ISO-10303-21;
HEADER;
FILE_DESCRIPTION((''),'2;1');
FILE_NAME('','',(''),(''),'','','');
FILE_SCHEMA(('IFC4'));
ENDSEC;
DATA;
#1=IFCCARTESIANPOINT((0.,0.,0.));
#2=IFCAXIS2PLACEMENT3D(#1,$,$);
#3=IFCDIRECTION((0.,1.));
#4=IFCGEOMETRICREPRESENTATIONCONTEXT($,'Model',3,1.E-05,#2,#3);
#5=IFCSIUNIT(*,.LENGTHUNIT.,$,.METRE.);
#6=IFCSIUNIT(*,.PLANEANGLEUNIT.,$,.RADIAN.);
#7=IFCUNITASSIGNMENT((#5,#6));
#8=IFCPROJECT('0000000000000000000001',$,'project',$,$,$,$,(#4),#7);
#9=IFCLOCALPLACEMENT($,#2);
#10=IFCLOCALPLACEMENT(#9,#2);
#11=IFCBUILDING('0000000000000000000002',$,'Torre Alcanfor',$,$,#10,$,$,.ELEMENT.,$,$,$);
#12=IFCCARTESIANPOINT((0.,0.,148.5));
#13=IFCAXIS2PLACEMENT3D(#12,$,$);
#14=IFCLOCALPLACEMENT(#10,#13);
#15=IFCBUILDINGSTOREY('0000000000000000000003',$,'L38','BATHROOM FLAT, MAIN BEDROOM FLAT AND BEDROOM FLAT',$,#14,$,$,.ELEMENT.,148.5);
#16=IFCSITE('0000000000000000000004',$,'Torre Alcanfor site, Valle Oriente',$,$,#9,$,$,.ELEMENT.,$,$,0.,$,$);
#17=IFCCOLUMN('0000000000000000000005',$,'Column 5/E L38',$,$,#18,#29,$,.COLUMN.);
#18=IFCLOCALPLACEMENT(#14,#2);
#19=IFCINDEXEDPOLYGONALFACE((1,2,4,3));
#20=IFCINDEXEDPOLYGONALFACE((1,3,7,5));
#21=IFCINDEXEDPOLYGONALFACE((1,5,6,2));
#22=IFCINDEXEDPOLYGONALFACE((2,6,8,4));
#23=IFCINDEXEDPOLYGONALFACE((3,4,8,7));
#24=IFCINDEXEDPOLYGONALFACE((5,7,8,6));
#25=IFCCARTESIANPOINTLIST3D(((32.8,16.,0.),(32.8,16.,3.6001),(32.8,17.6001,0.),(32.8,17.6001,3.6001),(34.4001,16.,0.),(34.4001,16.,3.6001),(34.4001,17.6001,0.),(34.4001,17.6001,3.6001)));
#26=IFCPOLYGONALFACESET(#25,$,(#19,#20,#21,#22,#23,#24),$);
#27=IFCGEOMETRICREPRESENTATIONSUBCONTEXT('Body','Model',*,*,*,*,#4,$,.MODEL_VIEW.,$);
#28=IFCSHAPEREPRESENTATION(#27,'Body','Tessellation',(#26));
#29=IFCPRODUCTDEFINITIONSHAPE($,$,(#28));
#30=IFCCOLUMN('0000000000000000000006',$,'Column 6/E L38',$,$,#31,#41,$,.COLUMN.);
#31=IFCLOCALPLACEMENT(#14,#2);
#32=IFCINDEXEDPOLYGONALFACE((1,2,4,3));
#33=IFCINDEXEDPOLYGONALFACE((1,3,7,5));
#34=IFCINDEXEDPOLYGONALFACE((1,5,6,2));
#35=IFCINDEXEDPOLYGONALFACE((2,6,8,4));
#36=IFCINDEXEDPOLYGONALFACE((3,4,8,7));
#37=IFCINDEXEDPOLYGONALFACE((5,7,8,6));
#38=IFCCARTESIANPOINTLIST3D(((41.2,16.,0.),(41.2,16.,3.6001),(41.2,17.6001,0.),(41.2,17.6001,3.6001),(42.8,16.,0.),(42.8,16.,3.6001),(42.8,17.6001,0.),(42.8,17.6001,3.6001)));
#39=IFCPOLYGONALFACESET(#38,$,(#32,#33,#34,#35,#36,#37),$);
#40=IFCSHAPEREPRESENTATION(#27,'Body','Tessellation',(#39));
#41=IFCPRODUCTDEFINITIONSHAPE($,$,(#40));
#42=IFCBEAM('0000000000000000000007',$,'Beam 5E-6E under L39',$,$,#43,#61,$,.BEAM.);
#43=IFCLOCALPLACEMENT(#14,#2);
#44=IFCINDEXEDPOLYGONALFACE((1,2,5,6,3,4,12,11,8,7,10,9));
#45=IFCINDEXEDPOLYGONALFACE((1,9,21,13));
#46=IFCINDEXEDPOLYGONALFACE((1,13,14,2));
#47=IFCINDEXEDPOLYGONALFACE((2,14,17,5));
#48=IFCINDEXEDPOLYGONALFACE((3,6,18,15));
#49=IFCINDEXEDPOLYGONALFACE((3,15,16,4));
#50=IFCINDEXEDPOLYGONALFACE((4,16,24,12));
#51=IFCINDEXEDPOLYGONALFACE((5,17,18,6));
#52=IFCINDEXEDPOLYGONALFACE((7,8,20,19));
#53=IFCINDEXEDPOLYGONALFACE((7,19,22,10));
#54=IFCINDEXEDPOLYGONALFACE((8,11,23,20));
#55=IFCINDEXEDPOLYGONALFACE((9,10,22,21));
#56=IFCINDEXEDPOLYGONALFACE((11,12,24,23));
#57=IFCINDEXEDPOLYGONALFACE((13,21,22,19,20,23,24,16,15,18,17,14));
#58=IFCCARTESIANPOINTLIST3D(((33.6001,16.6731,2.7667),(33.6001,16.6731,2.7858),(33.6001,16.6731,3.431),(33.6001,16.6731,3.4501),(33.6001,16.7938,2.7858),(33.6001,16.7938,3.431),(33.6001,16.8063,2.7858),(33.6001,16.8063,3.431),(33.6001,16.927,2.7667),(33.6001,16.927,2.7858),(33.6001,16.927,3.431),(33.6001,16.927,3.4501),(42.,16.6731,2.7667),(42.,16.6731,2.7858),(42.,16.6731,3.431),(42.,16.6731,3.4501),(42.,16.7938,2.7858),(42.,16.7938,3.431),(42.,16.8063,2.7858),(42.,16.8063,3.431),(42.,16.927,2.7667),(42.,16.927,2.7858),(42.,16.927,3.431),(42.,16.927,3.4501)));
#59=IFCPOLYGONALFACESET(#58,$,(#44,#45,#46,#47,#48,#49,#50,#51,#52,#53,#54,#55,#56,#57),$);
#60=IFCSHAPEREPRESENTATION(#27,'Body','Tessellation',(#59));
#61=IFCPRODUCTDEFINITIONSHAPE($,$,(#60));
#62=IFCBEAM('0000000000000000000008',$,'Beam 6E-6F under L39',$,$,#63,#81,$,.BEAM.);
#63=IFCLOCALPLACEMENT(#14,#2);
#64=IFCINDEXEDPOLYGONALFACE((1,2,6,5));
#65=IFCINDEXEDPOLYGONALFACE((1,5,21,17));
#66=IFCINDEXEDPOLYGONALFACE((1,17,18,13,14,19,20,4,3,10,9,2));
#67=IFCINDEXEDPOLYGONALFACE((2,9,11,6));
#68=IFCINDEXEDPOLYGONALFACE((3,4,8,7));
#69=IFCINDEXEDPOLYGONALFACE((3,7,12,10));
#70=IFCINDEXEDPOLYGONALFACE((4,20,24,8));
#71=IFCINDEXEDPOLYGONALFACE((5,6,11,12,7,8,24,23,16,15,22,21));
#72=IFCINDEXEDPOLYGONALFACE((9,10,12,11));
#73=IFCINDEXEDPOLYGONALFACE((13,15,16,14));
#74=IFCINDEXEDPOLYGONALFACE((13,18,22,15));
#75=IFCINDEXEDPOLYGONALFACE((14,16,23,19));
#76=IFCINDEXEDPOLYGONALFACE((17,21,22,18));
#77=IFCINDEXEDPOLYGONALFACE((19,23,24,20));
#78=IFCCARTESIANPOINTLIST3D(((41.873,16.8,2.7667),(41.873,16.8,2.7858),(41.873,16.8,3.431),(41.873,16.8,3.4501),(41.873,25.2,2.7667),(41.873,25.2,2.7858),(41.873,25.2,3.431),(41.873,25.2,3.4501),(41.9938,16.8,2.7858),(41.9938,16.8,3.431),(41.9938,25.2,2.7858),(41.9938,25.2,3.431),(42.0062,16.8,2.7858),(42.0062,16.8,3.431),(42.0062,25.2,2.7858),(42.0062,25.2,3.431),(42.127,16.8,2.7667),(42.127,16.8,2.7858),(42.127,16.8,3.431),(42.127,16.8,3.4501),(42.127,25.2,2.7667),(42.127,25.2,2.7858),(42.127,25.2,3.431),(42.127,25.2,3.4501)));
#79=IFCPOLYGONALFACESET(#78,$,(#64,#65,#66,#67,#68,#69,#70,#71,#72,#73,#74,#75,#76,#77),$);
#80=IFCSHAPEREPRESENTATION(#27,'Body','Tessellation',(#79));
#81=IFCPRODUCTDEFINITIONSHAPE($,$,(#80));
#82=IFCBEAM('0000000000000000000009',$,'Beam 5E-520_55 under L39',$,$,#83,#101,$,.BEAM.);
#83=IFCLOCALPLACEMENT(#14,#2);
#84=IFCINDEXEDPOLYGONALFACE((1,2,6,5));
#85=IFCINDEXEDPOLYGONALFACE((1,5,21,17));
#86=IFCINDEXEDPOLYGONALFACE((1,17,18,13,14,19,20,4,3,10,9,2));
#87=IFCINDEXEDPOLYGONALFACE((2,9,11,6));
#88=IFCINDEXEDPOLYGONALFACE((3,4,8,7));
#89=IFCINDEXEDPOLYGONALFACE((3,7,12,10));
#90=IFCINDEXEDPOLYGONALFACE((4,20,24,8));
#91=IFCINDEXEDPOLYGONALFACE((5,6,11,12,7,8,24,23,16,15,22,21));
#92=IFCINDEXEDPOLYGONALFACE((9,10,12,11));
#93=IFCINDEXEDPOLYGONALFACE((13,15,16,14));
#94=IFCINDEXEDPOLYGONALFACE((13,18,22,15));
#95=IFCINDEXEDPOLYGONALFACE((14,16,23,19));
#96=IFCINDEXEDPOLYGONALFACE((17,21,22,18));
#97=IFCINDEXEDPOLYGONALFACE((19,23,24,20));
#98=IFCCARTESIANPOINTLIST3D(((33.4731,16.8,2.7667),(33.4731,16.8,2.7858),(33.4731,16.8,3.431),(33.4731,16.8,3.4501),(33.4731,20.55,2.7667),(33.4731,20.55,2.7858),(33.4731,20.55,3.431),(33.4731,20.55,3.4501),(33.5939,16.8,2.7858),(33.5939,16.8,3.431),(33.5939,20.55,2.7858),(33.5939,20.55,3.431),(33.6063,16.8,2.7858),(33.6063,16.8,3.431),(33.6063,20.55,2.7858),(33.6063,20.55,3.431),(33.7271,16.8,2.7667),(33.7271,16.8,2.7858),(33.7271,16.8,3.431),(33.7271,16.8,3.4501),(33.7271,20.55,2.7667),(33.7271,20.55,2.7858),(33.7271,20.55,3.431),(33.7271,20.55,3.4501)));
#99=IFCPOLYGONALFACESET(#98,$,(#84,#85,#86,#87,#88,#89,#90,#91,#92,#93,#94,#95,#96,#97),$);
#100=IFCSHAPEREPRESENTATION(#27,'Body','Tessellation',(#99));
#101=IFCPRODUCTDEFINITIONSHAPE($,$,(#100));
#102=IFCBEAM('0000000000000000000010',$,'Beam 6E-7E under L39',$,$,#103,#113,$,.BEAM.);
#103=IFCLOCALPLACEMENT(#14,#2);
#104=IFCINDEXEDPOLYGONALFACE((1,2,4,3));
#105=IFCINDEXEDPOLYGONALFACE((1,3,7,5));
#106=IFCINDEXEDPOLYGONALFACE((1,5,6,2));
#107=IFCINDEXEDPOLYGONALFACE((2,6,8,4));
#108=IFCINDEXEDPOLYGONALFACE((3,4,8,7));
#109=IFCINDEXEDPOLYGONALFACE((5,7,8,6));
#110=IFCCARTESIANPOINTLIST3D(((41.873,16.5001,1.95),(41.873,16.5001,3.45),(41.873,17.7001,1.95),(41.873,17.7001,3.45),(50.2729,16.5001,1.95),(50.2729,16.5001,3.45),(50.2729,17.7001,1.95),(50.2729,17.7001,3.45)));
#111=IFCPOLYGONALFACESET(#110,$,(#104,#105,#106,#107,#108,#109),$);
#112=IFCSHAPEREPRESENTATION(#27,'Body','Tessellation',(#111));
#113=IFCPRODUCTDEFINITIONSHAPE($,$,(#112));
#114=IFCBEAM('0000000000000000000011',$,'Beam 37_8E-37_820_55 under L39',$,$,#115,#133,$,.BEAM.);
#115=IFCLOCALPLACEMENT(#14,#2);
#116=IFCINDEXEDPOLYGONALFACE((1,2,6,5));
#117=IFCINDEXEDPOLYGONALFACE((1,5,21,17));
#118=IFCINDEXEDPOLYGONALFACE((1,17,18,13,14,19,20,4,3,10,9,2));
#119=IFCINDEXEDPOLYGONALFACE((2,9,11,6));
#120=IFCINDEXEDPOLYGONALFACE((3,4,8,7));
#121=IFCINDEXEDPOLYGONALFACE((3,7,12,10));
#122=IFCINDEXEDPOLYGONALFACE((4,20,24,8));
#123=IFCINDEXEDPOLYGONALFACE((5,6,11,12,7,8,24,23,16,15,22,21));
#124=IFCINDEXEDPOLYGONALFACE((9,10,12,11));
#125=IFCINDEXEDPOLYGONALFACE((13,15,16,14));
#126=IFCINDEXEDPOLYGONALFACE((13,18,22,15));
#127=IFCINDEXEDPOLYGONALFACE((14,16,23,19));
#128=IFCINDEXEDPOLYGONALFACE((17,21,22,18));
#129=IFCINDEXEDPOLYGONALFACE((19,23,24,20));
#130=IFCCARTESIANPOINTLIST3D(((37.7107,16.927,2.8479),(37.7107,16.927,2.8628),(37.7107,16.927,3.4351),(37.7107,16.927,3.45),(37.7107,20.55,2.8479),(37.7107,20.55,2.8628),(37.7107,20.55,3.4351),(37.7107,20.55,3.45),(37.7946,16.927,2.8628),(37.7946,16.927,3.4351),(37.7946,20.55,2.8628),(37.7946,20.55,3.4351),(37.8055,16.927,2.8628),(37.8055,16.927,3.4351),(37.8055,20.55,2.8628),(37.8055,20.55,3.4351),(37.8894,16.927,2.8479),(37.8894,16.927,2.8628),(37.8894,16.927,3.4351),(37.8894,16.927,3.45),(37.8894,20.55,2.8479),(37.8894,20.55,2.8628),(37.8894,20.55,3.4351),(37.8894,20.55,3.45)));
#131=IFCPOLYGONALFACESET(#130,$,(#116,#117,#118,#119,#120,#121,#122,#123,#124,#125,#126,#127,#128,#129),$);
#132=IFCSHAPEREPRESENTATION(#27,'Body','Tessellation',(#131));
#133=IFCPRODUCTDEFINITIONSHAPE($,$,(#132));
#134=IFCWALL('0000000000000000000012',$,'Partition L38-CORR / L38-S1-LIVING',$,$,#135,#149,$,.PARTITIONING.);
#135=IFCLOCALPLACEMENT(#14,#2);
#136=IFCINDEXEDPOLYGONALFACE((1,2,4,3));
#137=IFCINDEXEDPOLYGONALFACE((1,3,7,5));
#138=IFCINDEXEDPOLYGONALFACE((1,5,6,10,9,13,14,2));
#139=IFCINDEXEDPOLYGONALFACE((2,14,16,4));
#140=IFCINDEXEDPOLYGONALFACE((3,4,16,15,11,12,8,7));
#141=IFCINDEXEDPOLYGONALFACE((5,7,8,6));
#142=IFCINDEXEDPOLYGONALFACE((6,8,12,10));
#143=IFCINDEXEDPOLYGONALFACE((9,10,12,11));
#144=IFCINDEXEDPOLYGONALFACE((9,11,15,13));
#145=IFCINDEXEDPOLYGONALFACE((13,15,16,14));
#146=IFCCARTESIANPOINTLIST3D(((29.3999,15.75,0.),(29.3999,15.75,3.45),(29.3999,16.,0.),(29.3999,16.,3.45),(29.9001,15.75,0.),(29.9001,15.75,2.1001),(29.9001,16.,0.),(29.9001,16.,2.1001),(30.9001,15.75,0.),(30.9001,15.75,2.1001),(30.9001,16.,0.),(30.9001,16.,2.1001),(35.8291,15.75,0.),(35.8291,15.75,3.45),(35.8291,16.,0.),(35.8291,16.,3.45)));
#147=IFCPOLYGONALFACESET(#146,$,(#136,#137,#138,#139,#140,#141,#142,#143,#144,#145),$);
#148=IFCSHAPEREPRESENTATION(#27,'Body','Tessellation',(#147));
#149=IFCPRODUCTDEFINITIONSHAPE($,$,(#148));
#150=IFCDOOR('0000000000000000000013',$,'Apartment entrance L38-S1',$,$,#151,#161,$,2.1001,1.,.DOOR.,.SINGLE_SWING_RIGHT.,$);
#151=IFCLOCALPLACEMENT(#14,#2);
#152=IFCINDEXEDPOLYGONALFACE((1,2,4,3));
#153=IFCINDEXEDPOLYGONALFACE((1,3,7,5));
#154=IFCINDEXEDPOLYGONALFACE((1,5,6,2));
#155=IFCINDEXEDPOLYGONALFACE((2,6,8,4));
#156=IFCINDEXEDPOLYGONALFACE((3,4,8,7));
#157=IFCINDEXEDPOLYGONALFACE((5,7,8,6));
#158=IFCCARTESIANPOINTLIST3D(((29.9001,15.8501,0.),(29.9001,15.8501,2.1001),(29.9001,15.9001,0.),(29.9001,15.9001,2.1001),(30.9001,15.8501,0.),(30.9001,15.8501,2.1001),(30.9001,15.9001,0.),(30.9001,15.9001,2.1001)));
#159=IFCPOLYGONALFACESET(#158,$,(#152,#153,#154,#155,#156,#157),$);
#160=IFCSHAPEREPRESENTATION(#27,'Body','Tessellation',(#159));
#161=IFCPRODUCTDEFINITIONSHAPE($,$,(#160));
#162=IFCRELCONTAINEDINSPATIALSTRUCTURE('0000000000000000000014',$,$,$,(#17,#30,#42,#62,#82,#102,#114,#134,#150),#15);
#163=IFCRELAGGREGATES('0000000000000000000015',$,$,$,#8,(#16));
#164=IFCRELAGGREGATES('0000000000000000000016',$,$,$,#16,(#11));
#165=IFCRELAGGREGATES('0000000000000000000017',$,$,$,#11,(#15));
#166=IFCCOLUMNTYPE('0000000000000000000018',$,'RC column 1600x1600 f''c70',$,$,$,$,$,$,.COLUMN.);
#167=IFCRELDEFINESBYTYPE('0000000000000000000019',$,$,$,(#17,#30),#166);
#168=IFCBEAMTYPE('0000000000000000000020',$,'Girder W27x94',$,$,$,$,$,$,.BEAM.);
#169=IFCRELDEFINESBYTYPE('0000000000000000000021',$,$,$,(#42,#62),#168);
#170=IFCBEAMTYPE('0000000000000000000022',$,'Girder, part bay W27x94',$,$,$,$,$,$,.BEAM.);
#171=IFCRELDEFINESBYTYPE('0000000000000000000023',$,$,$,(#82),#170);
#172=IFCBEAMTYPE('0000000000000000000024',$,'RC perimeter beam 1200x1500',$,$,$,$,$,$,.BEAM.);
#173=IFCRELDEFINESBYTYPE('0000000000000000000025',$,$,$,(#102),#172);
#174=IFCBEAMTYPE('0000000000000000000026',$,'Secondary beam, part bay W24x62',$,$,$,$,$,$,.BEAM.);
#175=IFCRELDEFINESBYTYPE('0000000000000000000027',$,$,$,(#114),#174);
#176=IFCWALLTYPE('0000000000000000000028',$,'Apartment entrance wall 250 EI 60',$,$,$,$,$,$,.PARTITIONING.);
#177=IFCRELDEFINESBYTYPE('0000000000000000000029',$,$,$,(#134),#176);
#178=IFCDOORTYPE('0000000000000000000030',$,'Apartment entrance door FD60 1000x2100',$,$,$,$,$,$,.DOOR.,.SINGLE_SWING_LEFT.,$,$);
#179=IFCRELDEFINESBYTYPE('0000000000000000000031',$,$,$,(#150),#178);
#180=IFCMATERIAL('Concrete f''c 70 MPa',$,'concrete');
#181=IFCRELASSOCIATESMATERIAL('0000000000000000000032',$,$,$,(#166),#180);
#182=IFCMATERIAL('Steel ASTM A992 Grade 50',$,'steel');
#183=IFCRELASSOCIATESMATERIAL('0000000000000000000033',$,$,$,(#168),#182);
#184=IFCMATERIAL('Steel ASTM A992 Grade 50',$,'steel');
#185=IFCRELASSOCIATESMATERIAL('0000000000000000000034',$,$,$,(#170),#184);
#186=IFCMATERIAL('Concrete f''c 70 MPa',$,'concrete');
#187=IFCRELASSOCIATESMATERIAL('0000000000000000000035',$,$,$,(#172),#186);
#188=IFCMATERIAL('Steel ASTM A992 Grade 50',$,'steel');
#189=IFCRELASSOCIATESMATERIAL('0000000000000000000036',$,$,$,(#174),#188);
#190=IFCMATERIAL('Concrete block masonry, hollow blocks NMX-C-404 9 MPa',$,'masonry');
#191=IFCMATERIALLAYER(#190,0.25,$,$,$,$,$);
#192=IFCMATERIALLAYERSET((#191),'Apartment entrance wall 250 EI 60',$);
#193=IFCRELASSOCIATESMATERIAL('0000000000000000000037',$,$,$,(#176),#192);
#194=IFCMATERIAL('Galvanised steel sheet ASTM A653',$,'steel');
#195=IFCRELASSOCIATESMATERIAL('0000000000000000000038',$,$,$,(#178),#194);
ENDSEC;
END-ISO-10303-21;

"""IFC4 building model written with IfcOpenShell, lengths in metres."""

from ifc_helpers import new_model, si_unit, direction, frame, frame_2d, origin, origin_2d, place, context, subcontext, project, spatial, rectangle, i_section, extrude, material, layer, layer_set, material_profile, profile_set, type_object, element, fill, save


model = new_model("IFC4")

# Units and contexts
model_context = context("Model", 3, precision=1e-05, world=origin(), true_north=direction((0.0, 1.0)))
body_context = subcontext(model_context, "Body", "Model", "MODEL_VIEW")
ifc_project = project(units=[si_unit("LENGTHUNIT", "METRE"), si_unit("PLANEANGLEUNIT", "RADIAN")], contexts=[model_context])

# Site, building, storey
site_placement = place(None, origin())
site = spatial("IfcSite", under=ifc_project, at=site_placement, Name="Torre Alcanfor site, Valle Oriente", CompositionType="ELEMENT", RefElevation=0.0)
building_placement = place(site_placement, origin())
building = spatial("IfcBuilding", under=site, at=building_placement, Name="Torre Alcanfor", CompositionType="ELEMENT")
storey_placement = place(building_placement, frame((0.0, 0.0, 148.5)))
storey = spatial("IfcBuildingStorey", under=building, at=storey_placement, Name="L38", Description="BATHROOM FLAT, MAIN BEDROOM FLAT AND BEDROOM FLAT", CompositionType="ELEMENT", Elevation=148.5)

# Columns
ifc_material_1 = material(Name="Concrete f'c 70 MPa", Category="concrete")
ifc_material_profile_1 = material_profile(ifc_material_1, rectangle(XDim=1.6001, YDim=1.6001, at=origin_2d()), Name="1600x1600")
ifc_profile_set_1 = profile_set([ifc_material_profile_1], Name="Concrete f'c 70 MPa")
column_type = type_object("IfcColumnType", Name="RC column 1600x1600 f'c70", PredefinedType="COLUMN", material=ifc_profile_set_1)
for number, where, z_axis, x_axis, name in (
    (1, (33.6001, 16.8, 0.0), (0.0, 0.0, 1.0), (1.0, 0.0, 0.0), "Column 5/E L38"),
    (2, (42.0, 16.8, 0.0), (0.0, 0.0, 1.0), (1.0, 0.0, 0.0), "Column 6/E L38"),
):
    element("IfcColumn", number, at=place(storey_placement, frame(where, z_axis=z_axis, x_axis=x_axis)), inside=storey, type_object=column_type, Name=name, PredefinedType="COLUMN", context=body_context, shape_type="SweptSolid", body=[
        extrude(rectangle(XDim=1.6001, YDim=1.6001, at=origin_2d()), origin(), (0.0, 0.0, 1.0), 3.6001),
    ])

# Beams
ifc_material_2 = material(Name="Steel ASTM A992 Grade 50", Category="steel")
ifc_material_profile_2 = material_profile(ifc_material_2, i_section(OverallWidth=0.2539, OverallDepth=0.6833, WebThickness=0.0125, FlangeThickness=0.019, at=origin_2d()), Name="W27x94")
ifc_profile_set_2 = profile_set([ifc_material_profile_2], Name="Steel ASTM A992 Grade 50")
beam_type_1 = type_object("IfcBeamType", Name="Girder W27x94", PredefinedType="BEAM", material=ifc_profile_set_2)
for number, where, z_axis, x_axis, name in (
    (3, (33.6001, 16.8, 3.1084), (1.0, 0.0, 0.0), (0.0, 1.0, 0.0), "Beam 5E-6E under L39"),
    (4, (42.0, 16.8, 3.1084), (0.0, 1.0, 0.0), (-1.0, 0.0, 0.0), "Beam 6E-6F under L39"),
):
    element("IfcBeam", number, at=place(storey_placement, frame(where, z_axis=z_axis, x_axis=x_axis)), inside=storey, type_object=beam_type_1, Name=name, PredefinedType="BEAM", context=body_context, shape_type="SweptSolid", body=[
        extrude(i_section(OverallWidth=0.2539, OverallDepth=0.6833, WebThickness=0.0125, FlangeThickness=0.019, at=origin_2d()), origin(), (0.0, 0.0, 1.0), 8.3999),
    ])
ifc_material_3 = material(Name="Steel ASTM A992 Grade 50", Category="steel")
ifc_material_profile_3 = material_profile(ifc_material_3, i_section(OverallWidth=0.2539, OverallDepth=0.6833, WebThickness=0.0125, FlangeThickness=0.019, at=origin_2d()), Name="W27x94")
ifc_profile_set_3 = profile_set([ifc_material_profile_3], Name="Steel ASTM A992 Grade 50")
beam_type_2 = type_object("IfcBeamType", Name="Girder, part bay W27x94", PredefinedType="BEAM", material=ifc_profile_set_3)
beam_1_placement = place(storey_placement, frame((33.6001, 16.8, 3.1084), z_axis=(0.0, 1.0, 0.0), x_axis=(-1.0, 0.0, 0.0)))
element("IfcBeam", 5, at=beam_1_placement, inside=storey, type_object=beam_type_2, Name="Beam 5E-520_55 under L39", PredefinedType="BEAM", context=body_context, shape_type="SweptSolid", body=[
    extrude(i_section(OverallWidth=0.2539, OverallDepth=0.6833, WebThickness=0.0125, FlangeThickness=0.019, at=origin_2d()), origin(), (0.0, 0.0, 1.0), 3.75),
])
ifc_material_4 = material(Name="Concrete f'c 70 MPa", Category="concrete")
ifc_material_profile_4 = material_profile(ifc_material_4, rectangle(XDim=1.2, YDim=1.5, at=origin_2d()), Name="1200x1500")
ifc_profile_set_4 = profile_set([ifc_material_profile_4], Name="Concrete f'c 70 MPa")
beam_type_3 = type_object("IfcBeamType", Name="RC perimeter beam 1200x1500", PredefinedType="BEAM", material=ifc_profile_set_4)
beam_2_placement = place(storey_placement, frame((41.873, 17.1001, 2.7), z_axis=(1.0, 0.0, 0.0), x_axis=(0.0, 1.0, 0.0)))
element("IfcBeam", 6, at=beam_2_placement, inside=storey, type_object=beam_type_3, Name="Beam 6E-7E under L39", PredefinedType="BEAM", context=body_context, shape_type="SweptSolid", body=[
    extrude(rectangle(XDim=1.2, YDim=1.5, at=origin_2d()), origin(), (0.0, 0.0, 1.0), 8.3999),
])
ifc_material_5 = material(Name="Steel ASTM A992 Grade 50", Category="steel")
ifc_material_profile_5 = material_profile(ifc_material_5, i_section(OverallWidth=0.1787, OverallDepth=0.6021, WebThickness=0.011, FlangeThickness=0.0149, at=origin_2d()), Name="W24x62")
ifc_profile_set_5 = profile_set([ifc_material_profile_5], Name="Steel ASTM A992 Grade 50")
beam_type_4 = type_object("IfcBeamType", Name="Secondary beam, part bay W24x62", PredefinedType="BEAM", material=ifc_profile_set_5)
beam_3_placement = place(storey_placement, frame((37.8, 16.927, 3.1489), z_axis=(0.0, 1.0, 0.0), x_axis=(-1.0, 0.0, 0.0)))
element("IfcBeam", 7, at=beam_3_placement, inside=storey, type_object=beam_type_4, Name="Beam 37_8E-37_820_55 under L39", PredefinedType="BEAM", context=body_context, shape_type="SweptSolid", body=[
    extrude(i_section(OverallWidth=0.1787, OverallDepth=0.6021, WebThickness=0.011, FlangeThickness=0.0149, at=origin_2d()), origin(), (0.0, 0.0, 1.0), 3.623),
])

# Wall, opening, door
ifc_material_6 = material(Name="Concrete block masonry, hollow blocks NMX-C-404 9 MPa", Category="masonry")
ifc_layer_1 = layer(ifc_material_6, 0.25)
ifc_layer_set_1 = layer_set([ifc_layer_1], Name="Apartment entrance wall 250 EI 60")
wall_type_1 = type_object("IfcWallType", Name="Apartment entrance wall 250 EI 60", PredefinedType="PARTITIONING", material=ifc_layer_set_1)
wall_1_placement = place(storey_placement, frame((35.8291, 15.875, 0.0), z_axis=(0.0, 0.0, 1.0), x_axis=(-1.0, 0.0, 0.0)))
wall_1 = element("IfcWall", 8, at=wall_1_placement, inside=storey, type_object=wall_type_1, Name="Partition L38-CORR / L38-S1-LIVING", PredefinedType="PARTITIONING", context=body_context, shape_type="SweptSolid", body=[
    extrude(rectangle(XDim=6.4292, YDim=0.25, at=frame_2d((3.2146, 0.0))), origin(), (0.0, 0.0, 1.0), 3.45),
])
opening_1_placement = place(wall_1_placement, frame((4.929, 0.0, 0.0)))
opening_1 = element("IfcOpeningElement", 9, at=opening_1_placement, cuts=wall_1, PredefinedType="OPENING", context=body_context, shape_type="SweptSolid", body=[
    extrude(rectangle(XDim=1.0, YDim=2.1001, at=frame_2d((0.5, 1.05))), frame((0.0, 0.135, 0.0), z_axis=(0.0, -1.0, 0.0), x_axis=(1.0, 0.0, 0.0)), (0.0, 0.0, 1.0), 0.27),
])
ifc_material_7 = material(Name="Galvanised steel sheet ASTM A653", Category="steel")
door_type_1 = type_object("IfcDoorType", Name="Apartment entrance door FD60 1000x2100", OperationType="SINGLE_SWING_LEFT", PredefinedType="DOOR", material=ifc_material_7)
door_1_placement = place(opening_1_placement, origin())
door_1 = element("IfcDoor", 10, at=door_1_placement, inside=storey, type_object=door_type_1, Name="Apartment entrance L38-S1", OperationType="SINGLE_SWING_RIGHT", OverallHeight=2.1001, OverallWidth=1.0, PredefinedType="DOOR", context=body_context, shape_type="SweptSolid", body=[
    extrude(rectangle(XDim=1.0, YDim=2.1001, at=frame_2d((0.5, 1.05))), frame((0.0, 0.0249, 0.0), z_axis=(0.0, -1.0, 0.0), x_axis=(1.0, 0.0, 0.0)), (0.0, 0.0, 1.0), 0.05),
])
fill(opening_1, door_1)

save(model, "model.ifc")
